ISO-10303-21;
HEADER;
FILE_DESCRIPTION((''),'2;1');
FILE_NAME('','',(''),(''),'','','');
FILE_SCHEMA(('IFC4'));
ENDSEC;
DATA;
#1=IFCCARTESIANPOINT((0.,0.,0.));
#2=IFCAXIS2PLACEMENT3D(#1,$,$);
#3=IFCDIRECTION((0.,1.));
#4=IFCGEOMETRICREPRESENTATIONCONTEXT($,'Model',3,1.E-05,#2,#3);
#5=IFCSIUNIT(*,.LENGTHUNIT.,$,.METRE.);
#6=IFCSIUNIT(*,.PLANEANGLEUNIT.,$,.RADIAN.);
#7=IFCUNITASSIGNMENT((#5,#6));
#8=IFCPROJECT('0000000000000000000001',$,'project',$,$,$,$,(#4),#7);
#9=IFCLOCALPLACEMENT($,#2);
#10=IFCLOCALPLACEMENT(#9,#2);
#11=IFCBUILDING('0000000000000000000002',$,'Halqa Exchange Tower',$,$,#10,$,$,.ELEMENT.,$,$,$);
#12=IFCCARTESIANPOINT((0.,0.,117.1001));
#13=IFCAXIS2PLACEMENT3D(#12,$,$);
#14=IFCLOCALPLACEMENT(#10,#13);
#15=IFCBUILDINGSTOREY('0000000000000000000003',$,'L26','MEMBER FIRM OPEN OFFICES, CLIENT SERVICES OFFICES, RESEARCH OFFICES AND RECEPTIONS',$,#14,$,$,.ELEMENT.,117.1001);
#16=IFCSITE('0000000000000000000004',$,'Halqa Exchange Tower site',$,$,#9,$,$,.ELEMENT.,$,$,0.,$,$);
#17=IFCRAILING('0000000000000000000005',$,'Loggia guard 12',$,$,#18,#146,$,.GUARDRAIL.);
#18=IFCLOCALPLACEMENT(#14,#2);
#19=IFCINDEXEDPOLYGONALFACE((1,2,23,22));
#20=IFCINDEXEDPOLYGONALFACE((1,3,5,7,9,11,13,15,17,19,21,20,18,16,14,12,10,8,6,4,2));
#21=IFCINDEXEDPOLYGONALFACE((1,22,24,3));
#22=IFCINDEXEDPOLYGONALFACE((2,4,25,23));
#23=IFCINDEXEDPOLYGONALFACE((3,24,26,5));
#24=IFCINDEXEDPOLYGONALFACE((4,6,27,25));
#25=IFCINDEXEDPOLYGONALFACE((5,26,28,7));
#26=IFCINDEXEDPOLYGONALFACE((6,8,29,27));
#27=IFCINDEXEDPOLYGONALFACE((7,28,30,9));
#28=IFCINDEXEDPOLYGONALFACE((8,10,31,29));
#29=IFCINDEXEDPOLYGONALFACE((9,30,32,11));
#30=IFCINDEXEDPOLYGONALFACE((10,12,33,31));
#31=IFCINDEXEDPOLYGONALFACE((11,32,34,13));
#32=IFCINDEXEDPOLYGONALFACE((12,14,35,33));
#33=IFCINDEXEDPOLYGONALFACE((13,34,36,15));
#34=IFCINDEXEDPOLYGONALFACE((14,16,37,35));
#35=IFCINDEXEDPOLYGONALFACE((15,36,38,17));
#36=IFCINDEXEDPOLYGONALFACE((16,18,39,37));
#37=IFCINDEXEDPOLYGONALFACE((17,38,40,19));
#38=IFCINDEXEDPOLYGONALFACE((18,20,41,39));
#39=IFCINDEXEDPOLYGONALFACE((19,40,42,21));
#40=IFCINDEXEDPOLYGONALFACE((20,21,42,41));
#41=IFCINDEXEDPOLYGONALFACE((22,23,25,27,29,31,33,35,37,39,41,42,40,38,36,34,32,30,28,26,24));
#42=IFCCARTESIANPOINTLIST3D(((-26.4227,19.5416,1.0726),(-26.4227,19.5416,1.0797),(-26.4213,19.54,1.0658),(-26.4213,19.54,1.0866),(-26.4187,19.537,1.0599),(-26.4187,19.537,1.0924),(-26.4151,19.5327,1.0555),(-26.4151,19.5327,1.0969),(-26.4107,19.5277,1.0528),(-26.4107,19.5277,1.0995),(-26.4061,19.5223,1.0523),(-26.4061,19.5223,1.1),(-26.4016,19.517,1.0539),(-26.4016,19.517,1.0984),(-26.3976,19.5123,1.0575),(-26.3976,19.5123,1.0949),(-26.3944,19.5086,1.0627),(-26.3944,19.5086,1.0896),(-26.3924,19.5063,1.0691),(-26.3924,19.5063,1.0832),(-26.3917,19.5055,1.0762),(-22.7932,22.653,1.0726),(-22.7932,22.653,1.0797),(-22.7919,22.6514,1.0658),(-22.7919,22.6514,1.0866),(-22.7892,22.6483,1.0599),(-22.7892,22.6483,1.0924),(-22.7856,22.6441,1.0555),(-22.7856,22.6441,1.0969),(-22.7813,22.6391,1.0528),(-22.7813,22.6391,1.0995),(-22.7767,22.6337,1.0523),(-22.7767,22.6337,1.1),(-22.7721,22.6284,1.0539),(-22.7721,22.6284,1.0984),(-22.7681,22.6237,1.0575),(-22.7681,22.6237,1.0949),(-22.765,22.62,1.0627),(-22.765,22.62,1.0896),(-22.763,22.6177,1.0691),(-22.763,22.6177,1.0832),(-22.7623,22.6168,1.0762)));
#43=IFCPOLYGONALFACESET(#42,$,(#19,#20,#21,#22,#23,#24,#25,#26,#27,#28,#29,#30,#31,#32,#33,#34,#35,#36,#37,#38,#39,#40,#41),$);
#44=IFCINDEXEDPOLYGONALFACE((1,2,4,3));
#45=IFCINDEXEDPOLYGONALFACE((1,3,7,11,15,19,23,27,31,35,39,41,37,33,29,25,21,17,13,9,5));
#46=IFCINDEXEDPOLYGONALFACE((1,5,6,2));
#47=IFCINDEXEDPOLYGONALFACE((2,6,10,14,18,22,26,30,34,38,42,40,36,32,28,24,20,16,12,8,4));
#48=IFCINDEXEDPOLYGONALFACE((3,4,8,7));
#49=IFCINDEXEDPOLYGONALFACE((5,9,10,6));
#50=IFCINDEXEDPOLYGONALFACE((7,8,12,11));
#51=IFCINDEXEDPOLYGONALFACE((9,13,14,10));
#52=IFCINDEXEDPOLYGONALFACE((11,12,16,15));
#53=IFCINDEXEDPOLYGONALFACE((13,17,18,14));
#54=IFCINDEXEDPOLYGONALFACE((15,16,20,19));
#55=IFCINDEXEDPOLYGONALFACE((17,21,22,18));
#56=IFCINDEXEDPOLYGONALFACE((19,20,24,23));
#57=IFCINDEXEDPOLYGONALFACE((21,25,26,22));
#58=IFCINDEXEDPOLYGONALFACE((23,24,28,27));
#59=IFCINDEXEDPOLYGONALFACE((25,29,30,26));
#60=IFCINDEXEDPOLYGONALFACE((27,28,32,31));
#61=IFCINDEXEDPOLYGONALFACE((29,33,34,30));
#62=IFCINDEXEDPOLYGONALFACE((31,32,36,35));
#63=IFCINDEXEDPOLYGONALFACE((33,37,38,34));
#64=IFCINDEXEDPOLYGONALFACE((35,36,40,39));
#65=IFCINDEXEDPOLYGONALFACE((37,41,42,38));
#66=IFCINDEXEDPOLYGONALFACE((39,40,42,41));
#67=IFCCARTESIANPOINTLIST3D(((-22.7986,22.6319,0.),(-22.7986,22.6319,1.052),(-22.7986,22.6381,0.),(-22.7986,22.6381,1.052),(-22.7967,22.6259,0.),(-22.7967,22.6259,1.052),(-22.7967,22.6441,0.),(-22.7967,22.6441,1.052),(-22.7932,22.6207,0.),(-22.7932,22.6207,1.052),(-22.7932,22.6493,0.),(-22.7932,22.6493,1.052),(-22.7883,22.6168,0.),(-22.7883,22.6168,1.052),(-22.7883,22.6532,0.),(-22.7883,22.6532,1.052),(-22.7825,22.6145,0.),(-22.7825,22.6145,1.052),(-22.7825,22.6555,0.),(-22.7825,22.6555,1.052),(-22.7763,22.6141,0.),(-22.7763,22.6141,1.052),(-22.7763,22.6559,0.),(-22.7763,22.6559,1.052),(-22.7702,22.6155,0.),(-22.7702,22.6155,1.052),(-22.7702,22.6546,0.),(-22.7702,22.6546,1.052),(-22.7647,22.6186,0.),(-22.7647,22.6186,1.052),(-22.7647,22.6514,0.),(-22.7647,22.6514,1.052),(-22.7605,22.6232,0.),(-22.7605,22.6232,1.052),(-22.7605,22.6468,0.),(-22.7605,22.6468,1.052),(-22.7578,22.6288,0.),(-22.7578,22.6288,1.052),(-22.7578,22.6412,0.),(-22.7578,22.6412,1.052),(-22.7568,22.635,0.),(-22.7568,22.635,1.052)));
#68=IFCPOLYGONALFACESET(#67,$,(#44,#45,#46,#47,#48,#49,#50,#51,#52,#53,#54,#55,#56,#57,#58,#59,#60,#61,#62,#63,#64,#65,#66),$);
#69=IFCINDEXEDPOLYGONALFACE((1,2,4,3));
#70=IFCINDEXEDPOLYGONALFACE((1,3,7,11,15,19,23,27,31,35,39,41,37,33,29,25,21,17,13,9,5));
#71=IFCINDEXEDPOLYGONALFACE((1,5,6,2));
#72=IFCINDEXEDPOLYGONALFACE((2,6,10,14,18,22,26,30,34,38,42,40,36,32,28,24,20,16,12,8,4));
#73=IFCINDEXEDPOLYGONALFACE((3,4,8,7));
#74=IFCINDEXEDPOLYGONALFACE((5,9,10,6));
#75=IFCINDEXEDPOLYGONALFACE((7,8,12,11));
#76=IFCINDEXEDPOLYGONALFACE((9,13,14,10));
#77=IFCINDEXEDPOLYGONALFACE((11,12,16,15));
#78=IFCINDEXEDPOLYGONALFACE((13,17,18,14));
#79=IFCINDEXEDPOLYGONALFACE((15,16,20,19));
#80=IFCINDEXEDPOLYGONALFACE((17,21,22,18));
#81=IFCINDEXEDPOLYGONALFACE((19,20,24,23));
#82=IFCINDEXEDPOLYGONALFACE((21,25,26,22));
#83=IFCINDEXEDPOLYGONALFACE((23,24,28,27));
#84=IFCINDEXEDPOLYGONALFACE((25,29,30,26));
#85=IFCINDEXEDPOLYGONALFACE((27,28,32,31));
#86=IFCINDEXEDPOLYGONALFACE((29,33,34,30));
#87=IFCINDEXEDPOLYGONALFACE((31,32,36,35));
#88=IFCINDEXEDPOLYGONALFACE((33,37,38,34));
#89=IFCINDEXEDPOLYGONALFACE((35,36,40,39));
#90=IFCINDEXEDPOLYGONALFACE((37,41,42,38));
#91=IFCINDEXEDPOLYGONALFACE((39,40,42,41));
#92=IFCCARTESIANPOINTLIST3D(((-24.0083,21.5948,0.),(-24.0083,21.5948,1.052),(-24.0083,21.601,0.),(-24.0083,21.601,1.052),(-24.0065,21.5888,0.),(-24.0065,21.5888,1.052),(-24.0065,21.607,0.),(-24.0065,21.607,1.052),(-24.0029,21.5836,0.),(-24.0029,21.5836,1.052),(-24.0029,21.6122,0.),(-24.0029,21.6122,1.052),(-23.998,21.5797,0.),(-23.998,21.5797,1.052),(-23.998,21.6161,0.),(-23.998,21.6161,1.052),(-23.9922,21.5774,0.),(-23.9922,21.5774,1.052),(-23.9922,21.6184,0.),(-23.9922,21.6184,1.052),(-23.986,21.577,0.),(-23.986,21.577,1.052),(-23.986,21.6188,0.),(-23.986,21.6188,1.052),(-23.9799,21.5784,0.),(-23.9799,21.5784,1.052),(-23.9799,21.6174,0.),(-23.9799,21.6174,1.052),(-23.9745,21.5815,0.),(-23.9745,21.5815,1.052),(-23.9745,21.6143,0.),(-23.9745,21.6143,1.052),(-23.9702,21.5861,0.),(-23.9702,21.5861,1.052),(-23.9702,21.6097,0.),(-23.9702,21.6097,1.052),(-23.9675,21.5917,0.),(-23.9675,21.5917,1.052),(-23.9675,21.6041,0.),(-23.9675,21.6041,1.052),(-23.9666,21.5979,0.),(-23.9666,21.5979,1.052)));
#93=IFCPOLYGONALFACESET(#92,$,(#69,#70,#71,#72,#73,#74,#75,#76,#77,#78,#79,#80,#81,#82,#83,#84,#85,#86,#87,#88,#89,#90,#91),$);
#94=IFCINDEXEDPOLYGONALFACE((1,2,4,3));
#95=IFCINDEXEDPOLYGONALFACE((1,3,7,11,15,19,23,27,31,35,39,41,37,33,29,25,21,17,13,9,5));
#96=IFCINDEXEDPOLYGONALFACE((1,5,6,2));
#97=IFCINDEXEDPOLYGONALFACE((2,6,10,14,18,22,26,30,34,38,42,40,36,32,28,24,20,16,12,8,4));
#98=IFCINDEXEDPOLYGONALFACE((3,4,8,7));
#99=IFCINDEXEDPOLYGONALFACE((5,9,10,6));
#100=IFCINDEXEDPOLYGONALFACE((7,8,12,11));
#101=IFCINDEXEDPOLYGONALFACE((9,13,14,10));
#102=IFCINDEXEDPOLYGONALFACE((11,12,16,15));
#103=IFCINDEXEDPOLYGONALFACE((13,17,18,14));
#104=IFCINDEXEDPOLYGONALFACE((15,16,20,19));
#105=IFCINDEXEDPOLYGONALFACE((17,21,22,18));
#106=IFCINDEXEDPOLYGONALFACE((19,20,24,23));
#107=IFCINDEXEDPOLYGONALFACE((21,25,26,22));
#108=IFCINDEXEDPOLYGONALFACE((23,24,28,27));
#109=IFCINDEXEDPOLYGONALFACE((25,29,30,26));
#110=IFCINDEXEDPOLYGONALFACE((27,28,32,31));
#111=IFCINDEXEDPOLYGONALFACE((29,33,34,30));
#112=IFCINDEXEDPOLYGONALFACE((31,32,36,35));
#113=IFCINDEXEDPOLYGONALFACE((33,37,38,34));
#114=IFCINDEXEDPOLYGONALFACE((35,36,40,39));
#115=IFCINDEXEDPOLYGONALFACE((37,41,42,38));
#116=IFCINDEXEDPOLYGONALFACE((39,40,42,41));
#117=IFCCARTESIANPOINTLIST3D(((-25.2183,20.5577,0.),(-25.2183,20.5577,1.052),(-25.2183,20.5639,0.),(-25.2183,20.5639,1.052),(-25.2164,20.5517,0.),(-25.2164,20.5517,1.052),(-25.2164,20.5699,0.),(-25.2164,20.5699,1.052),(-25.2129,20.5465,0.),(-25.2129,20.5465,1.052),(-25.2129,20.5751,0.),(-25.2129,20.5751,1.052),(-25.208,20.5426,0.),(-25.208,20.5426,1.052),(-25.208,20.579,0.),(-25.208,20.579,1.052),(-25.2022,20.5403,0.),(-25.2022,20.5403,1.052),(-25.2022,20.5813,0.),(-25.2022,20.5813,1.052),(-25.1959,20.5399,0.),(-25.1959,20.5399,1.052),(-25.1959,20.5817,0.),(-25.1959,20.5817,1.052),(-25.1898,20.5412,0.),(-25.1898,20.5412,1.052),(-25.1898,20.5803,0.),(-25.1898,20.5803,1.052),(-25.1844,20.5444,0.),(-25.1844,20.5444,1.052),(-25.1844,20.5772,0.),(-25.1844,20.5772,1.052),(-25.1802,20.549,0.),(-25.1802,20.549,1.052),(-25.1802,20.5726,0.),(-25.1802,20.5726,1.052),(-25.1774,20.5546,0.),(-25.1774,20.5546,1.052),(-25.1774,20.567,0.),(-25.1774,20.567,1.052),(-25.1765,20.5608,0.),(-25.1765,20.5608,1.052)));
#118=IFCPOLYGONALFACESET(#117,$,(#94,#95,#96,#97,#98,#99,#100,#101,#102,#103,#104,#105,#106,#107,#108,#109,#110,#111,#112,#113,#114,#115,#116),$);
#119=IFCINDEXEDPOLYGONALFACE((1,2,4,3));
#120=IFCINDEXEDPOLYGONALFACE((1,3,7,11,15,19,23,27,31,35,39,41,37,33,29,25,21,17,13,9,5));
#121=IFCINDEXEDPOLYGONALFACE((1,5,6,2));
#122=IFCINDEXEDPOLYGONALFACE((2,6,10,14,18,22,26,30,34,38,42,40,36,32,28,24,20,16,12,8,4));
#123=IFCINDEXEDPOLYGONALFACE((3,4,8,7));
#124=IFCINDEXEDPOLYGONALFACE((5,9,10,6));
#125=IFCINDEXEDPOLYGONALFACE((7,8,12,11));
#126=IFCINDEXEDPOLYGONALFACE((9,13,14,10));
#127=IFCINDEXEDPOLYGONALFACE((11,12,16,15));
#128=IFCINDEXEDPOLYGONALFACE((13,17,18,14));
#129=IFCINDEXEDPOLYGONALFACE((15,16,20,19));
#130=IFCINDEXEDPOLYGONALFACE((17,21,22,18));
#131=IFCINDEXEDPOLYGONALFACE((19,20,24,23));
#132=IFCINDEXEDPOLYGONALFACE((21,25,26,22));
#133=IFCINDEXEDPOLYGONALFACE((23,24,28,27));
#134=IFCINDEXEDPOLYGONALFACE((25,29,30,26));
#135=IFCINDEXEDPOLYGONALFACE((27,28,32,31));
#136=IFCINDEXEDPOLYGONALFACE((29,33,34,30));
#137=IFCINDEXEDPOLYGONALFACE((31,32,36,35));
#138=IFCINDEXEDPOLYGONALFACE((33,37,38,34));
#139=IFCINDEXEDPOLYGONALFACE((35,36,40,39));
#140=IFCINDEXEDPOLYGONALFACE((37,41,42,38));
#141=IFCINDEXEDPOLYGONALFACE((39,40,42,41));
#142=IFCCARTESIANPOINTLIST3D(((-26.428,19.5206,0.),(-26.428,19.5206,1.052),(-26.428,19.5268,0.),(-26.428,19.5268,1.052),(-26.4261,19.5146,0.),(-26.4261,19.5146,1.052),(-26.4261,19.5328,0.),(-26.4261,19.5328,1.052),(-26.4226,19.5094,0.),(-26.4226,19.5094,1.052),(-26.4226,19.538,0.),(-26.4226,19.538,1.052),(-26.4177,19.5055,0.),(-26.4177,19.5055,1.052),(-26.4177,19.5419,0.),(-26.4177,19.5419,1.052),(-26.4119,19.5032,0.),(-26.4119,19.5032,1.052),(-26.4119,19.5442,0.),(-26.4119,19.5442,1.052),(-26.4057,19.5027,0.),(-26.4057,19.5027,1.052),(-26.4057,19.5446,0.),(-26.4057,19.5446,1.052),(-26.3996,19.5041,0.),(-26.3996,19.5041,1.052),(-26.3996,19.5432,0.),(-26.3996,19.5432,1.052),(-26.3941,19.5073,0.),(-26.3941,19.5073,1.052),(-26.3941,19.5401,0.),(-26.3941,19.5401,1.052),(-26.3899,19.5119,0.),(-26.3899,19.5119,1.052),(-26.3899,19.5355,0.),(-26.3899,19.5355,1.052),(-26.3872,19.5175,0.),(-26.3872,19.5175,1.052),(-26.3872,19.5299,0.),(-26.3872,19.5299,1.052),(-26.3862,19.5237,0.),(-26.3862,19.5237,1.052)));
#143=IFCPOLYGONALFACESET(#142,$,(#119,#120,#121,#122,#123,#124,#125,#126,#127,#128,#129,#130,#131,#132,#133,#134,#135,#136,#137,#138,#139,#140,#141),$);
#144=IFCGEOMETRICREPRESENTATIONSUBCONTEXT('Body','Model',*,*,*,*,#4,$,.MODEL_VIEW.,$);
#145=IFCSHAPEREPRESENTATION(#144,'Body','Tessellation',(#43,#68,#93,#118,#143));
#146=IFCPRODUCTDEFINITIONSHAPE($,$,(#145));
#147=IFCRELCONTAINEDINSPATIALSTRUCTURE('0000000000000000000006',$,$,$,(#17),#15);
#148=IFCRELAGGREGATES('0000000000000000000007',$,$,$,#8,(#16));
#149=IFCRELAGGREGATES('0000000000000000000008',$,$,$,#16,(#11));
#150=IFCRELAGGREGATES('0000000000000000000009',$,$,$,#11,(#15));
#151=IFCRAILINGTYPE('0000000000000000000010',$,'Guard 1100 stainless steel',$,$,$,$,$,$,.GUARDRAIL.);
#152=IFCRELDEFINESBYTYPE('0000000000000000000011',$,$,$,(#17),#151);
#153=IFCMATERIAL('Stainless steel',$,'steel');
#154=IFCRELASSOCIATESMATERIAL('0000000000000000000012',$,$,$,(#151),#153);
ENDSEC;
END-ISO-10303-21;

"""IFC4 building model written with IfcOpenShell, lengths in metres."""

from ifc_helpers import new_model, si_unit, direction, frame, origin, origin_2d, place, context, subcontext, project, spatial, circle, extrude, material, type_object, element, save


model = new_model("IFC4")

# Units and contexts
model_context = context("Model", 3, precision=1e-05, world=origin(), true_north=direction((0.0, 1.0)))
body_context = subcontext(model_context, "Body", "Model", "MODEL_VIEW")
ifc_project = project(units=[si_unit("LENGTHUNIT", "METRE"), si_unit("PLANEANGLEUNIT", "RADIAN")], contexts=[model_context])

# Site, building, storey
site_placement = place(None, origin())
site = spatial("IfcSite", under=ifc_project, at=site_placement, Name="Halqa Exchange Tower site", CompositionType="ELEMENT", RefElevation=0.0)
building_placement = place(site_placement, origin())
building = spatial("IfcBuilding", under=site, at=building_placement, Name="Halqa Exchange Tower", CompositionType="ELEMENT")
storey_placement = place(building_placement, frame((0.0, 0.0, 117.1001)))
storey = spatial("IfcBuildingStorey", under=building, at=storey_placement, Name="L26", Description="MEMBER FIRM OPEN OFFICES, CLIENT SERVICES OFFICES, RESEARCH OFFICES AND RECEPTIONS", CompositionType="ELEMENT", Elevation=117.1001)

# Railing
ifc_material_1 = material(Name="Stainless steel", Category="steel")
railing_type = type_object("IfcRailingType", Name="Guard 1100 stainless steel", PredefinedType="GUARDRAIL", material=ifc_material_1)
railing_1_placement = place(storey_placement, frame((-22.7778, 22.635, 0.0)))
element("IfcRailing", 1, at=railing_1_placement, inside=storey, type_object=railing_type, Name="Loggia guard 12", PredefinedType="GUARDRAIL", context=body_context, shape_type="SweptSolid", body=[
    extrude(circle(Radius=0.0239, at=origin_2d()), frame((0.0, 0.0, 1.0762), z_axis=(-0.759213, -0.650842, 0.0), x_axis=(0.650842, -0.759213, 0.0)), (0.0, 0.0, 1.0), 4.7805),
    extrude(circle(Radius=0.021, at=origin_2d()), origin(), (0.0, 0.0, 1.0), 1.052),
    extrude(circle(Radius=0.021, at=origin_2d()), frame((-1.2097, -1.0371, 0.0)), (0.0, 0.0, 1.0), 1.052),
    extrude(circle(Radius=0.021, at=origin_2d()), frame((-2.4197, -2.0742, 0.0)), (0.0, 0.0, 1.0), 1.052),
    extrude(circle(Radius=0.021, at=origin_2d()), frame((-3.6294, -3.1113, 0.0)), (0.0, 0.0, 1.0), 1.052),
])

save(model, "model.ifc")
